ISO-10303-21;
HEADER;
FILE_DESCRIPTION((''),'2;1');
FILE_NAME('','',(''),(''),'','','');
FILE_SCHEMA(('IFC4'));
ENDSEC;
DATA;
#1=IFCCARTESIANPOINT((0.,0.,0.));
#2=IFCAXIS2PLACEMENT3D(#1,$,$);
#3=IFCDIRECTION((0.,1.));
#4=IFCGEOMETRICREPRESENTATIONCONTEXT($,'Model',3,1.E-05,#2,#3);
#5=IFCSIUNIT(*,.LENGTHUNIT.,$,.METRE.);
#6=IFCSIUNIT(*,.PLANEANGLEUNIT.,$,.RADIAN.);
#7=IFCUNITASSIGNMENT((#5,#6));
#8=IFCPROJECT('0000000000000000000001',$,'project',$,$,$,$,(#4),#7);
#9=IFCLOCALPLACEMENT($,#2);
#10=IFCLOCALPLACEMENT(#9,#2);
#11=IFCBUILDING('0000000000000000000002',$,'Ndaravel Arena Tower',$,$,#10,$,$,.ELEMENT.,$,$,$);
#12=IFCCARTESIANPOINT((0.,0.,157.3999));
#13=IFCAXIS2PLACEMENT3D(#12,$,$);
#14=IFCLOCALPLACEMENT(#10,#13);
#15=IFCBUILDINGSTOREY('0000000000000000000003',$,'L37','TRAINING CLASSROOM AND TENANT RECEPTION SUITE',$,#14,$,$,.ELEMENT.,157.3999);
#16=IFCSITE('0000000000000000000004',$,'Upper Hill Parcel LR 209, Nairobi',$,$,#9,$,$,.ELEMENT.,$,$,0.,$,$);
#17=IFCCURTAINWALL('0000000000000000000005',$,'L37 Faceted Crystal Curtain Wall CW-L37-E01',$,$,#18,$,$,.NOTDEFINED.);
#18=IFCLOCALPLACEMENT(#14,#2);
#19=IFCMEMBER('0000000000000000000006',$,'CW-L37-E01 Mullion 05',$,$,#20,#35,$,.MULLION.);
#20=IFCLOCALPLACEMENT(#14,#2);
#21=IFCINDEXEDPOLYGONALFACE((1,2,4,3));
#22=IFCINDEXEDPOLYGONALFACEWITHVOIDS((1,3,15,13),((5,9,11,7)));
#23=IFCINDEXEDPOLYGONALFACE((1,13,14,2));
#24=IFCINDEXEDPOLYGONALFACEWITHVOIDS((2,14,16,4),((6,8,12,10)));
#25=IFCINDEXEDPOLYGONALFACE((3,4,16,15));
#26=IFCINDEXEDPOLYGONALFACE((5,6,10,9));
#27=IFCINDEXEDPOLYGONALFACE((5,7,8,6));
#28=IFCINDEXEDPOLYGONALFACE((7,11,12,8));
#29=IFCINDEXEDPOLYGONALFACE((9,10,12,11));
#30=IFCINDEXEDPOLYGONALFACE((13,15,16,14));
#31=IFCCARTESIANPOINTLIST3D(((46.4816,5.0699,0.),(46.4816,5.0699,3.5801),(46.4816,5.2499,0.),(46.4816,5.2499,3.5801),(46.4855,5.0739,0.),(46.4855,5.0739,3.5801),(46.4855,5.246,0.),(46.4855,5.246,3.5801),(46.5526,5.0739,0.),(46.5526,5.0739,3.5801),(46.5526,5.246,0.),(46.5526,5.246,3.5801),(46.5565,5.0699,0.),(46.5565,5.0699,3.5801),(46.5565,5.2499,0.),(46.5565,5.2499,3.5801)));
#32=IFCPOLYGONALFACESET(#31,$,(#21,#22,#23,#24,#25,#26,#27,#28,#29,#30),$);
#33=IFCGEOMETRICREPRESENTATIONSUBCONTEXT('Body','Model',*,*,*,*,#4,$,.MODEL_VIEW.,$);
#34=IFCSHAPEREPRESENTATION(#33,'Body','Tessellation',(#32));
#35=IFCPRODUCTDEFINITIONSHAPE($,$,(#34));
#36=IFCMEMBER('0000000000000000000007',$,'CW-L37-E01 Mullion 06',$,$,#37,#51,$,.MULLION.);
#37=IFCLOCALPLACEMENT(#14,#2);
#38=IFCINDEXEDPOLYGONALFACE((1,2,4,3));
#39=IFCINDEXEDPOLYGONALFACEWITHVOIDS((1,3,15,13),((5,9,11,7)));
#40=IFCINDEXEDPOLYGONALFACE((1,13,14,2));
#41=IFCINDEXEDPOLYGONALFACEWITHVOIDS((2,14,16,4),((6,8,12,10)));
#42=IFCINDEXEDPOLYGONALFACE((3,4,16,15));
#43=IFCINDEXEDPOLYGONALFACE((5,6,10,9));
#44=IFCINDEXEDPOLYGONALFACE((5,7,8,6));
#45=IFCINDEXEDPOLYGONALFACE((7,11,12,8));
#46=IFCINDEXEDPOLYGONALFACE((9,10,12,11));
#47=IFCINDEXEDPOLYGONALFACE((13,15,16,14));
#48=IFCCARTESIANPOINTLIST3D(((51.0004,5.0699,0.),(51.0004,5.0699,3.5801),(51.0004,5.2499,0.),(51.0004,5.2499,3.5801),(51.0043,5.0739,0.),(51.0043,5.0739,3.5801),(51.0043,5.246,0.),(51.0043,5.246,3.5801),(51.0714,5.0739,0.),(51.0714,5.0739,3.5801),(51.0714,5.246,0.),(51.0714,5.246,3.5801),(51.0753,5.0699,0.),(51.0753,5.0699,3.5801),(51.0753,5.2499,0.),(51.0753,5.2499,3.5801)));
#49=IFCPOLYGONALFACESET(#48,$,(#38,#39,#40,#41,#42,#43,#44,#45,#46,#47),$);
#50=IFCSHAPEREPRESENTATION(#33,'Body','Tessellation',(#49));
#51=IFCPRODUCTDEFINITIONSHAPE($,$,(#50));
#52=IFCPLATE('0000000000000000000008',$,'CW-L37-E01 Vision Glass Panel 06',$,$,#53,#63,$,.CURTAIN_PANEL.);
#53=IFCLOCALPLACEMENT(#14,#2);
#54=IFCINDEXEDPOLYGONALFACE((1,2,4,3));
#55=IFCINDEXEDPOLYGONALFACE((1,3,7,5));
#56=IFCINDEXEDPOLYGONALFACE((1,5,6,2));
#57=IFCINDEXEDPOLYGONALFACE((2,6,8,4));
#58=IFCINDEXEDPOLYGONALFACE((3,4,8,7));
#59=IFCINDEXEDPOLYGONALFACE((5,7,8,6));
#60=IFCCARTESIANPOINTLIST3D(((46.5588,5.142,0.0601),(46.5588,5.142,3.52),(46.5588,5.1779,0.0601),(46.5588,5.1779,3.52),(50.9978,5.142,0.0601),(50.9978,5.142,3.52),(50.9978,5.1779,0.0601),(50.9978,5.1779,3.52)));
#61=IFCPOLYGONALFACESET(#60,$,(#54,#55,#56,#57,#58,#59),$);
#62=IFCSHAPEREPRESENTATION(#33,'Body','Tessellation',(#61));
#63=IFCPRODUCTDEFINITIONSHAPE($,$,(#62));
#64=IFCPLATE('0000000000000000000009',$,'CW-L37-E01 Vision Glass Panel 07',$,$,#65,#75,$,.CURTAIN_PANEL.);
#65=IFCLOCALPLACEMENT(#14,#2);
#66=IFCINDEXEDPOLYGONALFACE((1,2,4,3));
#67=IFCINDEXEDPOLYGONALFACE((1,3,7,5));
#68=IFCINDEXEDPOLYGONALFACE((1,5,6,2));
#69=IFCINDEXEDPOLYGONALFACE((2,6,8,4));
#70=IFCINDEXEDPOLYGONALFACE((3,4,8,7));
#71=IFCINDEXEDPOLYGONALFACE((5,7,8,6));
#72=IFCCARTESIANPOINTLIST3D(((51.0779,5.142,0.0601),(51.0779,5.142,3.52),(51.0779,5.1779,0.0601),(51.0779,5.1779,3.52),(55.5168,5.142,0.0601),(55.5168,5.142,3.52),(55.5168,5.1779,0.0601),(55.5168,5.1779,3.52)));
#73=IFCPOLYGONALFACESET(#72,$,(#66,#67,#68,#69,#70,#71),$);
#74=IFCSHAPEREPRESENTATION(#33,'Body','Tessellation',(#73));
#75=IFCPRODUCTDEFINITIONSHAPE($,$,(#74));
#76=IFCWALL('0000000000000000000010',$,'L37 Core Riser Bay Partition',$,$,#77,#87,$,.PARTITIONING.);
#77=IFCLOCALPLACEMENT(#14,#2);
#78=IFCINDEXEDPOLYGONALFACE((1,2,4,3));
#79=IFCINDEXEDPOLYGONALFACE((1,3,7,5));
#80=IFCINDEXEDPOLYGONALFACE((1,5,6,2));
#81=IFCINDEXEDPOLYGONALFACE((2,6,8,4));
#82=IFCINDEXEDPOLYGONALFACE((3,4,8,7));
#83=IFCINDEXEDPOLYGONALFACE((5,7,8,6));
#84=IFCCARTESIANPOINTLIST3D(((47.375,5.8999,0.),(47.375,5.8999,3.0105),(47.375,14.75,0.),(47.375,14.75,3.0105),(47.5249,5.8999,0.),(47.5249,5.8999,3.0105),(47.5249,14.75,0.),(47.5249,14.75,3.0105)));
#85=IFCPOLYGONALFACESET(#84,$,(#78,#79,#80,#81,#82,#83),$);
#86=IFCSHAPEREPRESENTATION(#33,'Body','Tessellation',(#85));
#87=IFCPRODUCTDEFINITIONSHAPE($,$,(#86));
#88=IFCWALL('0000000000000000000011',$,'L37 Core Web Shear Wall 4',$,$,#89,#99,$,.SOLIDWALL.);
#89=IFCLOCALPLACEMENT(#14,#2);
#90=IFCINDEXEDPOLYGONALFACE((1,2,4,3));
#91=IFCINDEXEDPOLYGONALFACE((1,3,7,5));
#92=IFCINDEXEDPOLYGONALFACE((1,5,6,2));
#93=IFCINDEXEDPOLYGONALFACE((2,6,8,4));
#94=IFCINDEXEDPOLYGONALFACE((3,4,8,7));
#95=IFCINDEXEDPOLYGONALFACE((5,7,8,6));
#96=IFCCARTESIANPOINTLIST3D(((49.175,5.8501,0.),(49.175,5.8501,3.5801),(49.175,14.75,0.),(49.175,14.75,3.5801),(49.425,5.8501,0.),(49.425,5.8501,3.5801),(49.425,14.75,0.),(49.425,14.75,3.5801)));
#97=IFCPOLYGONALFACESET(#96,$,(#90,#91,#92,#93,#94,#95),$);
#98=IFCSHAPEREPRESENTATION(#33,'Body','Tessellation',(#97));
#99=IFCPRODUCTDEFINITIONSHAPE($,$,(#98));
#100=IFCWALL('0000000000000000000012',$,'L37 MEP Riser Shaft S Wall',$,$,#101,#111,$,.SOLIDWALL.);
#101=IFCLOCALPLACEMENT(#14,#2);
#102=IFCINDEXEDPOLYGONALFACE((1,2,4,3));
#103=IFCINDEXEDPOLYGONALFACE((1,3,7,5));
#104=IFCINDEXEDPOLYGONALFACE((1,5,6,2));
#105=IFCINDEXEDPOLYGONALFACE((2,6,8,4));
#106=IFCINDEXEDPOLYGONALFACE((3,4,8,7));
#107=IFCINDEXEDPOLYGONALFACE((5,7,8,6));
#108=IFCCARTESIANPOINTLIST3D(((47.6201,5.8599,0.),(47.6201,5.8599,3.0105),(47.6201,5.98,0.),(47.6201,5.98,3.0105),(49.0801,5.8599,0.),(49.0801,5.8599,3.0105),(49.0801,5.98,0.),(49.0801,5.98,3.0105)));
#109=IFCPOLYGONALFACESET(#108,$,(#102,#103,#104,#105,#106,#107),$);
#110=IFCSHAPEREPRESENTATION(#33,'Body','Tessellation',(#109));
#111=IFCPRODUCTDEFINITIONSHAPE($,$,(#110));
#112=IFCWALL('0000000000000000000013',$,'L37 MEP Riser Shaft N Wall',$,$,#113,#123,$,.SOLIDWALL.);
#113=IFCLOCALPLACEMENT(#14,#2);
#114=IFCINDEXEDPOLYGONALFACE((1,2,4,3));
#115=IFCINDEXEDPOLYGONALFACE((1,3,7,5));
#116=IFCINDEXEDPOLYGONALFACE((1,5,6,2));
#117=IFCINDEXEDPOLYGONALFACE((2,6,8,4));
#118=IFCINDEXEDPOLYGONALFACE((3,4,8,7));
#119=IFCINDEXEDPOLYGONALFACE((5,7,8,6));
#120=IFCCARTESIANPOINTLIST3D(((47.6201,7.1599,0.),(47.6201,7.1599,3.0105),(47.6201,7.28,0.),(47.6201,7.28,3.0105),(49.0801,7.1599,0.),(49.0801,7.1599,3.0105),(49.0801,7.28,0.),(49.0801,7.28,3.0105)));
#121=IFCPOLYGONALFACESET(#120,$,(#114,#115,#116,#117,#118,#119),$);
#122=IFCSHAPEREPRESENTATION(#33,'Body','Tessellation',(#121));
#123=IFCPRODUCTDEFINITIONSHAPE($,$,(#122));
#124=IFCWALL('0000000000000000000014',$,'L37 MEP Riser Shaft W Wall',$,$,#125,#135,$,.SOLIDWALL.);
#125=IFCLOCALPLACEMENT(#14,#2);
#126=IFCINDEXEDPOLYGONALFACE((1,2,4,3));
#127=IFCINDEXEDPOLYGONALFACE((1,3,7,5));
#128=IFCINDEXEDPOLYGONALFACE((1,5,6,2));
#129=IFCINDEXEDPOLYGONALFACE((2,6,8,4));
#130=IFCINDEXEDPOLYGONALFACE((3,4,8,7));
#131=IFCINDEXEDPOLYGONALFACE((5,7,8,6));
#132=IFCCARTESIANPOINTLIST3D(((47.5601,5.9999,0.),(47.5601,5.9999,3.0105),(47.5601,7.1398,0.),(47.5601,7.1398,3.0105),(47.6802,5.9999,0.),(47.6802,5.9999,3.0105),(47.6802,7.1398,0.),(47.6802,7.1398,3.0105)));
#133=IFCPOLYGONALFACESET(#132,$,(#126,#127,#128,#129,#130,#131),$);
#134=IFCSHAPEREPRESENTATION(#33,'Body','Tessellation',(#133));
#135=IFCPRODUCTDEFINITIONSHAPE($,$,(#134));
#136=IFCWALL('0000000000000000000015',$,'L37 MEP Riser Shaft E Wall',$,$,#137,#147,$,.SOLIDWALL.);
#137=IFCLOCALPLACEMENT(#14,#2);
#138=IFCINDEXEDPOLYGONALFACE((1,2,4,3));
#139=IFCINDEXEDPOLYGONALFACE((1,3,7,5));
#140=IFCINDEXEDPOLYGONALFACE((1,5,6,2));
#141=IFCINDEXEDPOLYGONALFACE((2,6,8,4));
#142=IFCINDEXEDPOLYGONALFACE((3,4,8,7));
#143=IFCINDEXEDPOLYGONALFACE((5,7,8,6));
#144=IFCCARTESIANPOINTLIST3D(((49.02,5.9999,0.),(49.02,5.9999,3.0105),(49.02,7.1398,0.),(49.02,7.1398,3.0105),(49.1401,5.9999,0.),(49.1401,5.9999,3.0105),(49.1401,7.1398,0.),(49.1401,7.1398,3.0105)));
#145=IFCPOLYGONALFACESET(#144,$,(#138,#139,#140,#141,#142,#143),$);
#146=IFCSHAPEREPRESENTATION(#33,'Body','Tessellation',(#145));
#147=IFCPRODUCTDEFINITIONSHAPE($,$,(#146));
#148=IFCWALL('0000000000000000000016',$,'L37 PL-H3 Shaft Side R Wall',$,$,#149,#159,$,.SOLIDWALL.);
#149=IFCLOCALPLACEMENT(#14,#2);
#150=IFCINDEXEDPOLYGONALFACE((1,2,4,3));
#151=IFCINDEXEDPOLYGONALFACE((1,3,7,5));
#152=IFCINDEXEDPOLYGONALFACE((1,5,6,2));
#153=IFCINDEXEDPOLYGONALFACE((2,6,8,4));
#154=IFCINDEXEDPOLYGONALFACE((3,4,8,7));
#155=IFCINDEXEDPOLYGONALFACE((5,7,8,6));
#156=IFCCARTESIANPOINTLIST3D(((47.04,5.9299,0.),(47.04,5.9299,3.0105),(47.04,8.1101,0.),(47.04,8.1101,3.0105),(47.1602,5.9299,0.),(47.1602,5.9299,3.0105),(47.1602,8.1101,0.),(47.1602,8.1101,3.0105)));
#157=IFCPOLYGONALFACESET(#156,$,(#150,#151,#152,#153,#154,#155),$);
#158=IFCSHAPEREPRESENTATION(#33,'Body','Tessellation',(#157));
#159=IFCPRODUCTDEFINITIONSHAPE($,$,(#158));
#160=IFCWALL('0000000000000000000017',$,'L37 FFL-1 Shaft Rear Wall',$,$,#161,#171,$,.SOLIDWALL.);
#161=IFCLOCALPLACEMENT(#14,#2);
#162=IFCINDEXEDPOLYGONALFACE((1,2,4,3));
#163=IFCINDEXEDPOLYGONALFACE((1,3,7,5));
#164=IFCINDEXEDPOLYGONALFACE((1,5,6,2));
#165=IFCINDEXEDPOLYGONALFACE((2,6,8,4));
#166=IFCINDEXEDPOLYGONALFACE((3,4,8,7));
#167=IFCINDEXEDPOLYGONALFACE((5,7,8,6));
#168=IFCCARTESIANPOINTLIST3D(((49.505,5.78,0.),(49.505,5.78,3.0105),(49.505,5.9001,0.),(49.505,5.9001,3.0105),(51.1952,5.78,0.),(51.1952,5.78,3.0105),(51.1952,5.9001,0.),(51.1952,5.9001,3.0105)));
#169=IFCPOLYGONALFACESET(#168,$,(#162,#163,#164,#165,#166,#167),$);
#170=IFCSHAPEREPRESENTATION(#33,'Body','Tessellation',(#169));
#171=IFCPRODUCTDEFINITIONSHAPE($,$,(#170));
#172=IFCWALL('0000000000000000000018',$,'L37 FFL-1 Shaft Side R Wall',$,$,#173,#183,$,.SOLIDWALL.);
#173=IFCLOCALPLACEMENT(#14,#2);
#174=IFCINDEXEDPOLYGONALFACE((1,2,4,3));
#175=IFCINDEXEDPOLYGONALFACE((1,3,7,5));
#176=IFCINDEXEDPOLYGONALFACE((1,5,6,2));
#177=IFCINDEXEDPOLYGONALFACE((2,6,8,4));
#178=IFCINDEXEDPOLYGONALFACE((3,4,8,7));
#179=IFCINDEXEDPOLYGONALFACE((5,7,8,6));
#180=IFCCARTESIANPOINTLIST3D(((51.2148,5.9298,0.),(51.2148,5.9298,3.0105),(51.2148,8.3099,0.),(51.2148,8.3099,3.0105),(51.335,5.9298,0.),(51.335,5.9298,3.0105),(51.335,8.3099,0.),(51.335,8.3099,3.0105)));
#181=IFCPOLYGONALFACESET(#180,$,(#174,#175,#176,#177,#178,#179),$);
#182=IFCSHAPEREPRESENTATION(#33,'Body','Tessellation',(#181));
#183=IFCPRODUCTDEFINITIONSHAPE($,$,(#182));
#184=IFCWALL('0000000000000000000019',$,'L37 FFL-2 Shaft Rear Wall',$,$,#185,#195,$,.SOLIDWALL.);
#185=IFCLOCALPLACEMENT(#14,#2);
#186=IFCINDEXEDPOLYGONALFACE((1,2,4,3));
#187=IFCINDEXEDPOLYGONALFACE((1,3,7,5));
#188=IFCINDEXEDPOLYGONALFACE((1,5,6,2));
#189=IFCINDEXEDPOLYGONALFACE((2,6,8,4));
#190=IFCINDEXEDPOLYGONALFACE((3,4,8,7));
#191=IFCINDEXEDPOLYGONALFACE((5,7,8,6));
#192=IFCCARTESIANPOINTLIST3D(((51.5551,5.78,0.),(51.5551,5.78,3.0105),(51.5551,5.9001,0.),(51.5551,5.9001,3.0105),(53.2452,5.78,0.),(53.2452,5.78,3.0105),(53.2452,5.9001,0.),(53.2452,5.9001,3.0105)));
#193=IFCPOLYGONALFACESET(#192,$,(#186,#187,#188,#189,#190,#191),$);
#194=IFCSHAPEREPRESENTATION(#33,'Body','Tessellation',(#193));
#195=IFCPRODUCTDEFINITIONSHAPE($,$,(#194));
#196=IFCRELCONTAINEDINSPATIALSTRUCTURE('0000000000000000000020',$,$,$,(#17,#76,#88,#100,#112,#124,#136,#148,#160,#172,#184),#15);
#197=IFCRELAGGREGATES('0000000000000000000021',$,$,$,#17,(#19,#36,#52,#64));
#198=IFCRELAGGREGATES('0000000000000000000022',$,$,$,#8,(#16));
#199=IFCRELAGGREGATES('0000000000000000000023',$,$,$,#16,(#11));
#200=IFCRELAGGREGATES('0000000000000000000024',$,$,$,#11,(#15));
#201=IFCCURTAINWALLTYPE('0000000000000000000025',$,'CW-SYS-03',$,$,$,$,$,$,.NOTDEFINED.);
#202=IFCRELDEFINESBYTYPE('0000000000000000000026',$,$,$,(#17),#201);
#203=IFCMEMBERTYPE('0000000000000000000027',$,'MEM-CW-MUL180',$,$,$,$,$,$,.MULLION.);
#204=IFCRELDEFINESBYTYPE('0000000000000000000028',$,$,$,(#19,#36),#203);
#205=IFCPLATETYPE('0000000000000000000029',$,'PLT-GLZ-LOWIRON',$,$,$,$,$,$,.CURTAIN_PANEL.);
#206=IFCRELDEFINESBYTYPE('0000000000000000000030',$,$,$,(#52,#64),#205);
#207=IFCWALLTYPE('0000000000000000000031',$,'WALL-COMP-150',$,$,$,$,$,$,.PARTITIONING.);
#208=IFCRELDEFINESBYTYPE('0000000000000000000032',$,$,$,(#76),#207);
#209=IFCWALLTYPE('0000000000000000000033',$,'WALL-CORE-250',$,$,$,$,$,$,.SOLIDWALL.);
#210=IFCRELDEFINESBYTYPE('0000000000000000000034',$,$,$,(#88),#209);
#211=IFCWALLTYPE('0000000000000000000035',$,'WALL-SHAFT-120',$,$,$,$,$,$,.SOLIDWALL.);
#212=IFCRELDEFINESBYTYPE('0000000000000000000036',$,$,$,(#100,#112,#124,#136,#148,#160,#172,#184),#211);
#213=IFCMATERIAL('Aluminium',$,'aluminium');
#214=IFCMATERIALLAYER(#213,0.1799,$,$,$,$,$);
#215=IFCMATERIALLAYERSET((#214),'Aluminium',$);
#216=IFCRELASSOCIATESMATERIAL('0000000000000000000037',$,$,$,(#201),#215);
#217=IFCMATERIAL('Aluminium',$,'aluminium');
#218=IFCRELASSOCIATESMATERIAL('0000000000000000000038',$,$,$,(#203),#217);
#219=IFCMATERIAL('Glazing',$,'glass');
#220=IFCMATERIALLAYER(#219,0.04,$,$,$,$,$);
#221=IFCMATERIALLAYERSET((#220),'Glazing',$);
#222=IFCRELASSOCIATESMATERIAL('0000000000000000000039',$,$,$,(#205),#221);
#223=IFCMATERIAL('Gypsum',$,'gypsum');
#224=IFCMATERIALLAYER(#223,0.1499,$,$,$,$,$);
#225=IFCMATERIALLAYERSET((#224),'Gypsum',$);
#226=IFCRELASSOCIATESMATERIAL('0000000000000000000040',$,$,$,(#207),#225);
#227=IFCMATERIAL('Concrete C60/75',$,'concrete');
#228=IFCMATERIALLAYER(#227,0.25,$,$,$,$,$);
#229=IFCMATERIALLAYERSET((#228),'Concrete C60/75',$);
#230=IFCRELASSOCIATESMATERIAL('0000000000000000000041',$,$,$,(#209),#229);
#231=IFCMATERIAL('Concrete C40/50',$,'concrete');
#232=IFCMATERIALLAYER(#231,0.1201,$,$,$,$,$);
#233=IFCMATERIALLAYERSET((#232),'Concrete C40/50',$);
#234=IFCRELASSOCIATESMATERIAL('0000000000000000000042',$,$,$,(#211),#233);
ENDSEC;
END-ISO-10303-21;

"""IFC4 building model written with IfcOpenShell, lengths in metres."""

from ifc_helpers import new_model, si_unit, direction, frame, frame_2d, origin, origin_2d, place, context, subcontext, project, spatial, rectangle, hollow_rectangle, extrude, material, layer, layer_set, material_profile, profile_set, type_object, element, aggregate, save


model = new_model("IFC4")

# Units and contexts
model_context = context("Model", 3, precision=1e-05, world=origin(), true_north=direction((0.0, 1.0)))
body_context = subcontext(model_context, "Body", "Model", "MODEL_VIEW")
ifc_project = project(units=[si_unit("LENGTHUNIT", "METRE"), si_unit("PLANEANGLEUNIT", "RADIAN")], contexts=[model_context])

# Site, building, storey
site_placement = place(None, origin())
site = spatial("IfcSite", under=ifc_project, at=site_placement, Name="Upper Hill Parcel LR 209, Nairobi", CompositionType="ELEMENT", RefElevation=0.0)
building_placement = place(site_placement, origin())
building = spatial("IfcBuilding", under=site, at=building_placement, Name="Ndaravel Arena Tower", CompositionType="ELEMENT")
storey_placement = place(building_placement, frame((0.0, 0.0, 157.3999)))
storey = spatial("IfcBuildingStorey", under=building, at=storey_placement, Name="L37", Description="TRAINING CLASSROOM AND TENANT RECEPTION SUITE", CompositionType="ELEMENT", Elevation=157.3999)

# Curtain wall, members, plates
ifc_material_1 = material(Name="Aluminium", Category="aluminium")
ifc_layer_1 = layer(ifc_material_1, 0.1799)
ifc_layer_set_1 = layer_set([ifc_layer_1], Name="Aluminium")
curtain_wall_type = type_object("IfcCurtainWallType", Name="CW-SYS-03", PredefinedType="NOTDEFINED", material=ifc_layer_set_1)
curtain_wall_placement = place(storey_placement, origin())
curtain_wall = element("IfcCurtainWall", 1, at=curtain_wall_placement, inside=storey, type_object=curtain_wall_type, Name="L37 Faceted Crystal Curtain Wall CW-L37-E01", PredefinedType="NOTDEFINED")
ifc_material_2 = material(Name="Aluminium", Category="aluminium")
ifc_material_profile = material_profile(ifc_material_2, hollow_rectangle(XDim=0.075, YDim=0.1799, WallThickness=0.0039, at=origin_2d()), Name="CW MULLION 75x180x4")
ifc_profile_set = profile_set([ifc_material_profile], Name="Aluminium")
member_type = type_object("IfcMemberType", Name="MEM-CW-MUL180", PredefinedType="MULLION", material=ifc_profile_set)
member_1_placement = place(storey_placement, frame((46.519, 5.1599, 0.0), z_axis=(0.0, 0.0, 1.0), x_axis=(1.0, 0.0, 0.0)))
member_1 = element("IfcMember", 2, at=member_1_placement, type_object=member_type, Name="CW-L37-E01 Mullion 05", PredefinedType="MULLION", context=body_context, shape_type="SweptSolid", body=[
    extrude(hollow_rectangle(XDim=0.075, YDim=0.1799, WallThickness=0.0039, at=origin_2d()), origin(), (0.0, 0.0, 1.0), 3.5801),
])
member_2_placement = place(storey_placement, frame((51.0378, 5.1599, 0.0), z_axis=(0.0, 0.0, 1.0), x_axis=(1.0, 0.0, 0.0)))
member_2 = element("IfcMember", 3, at=member_2_placement, type_object=member_type, Name="CW-L37-E01 Mullion 06", PredefinedType="MULLION", context=body_context, shape_type="SweptSolid", body=[
    extrude(hollow_rectangle(XDim=0.075, YDim=0.1799, WallThickness=0.0039, at=origin_2d()), origin(), (0.0, 0.0, 1.0), 3.5801),
])
ifc_material_3 = material(Name="Glazing", Category="glass")
ifc_layer_2 = layer(ifc_material_3, 0.04)
ifc_layer_set_2 = layer_set([ifc_layer_2], Name="Glazing")
plate_type = type_object("IfcPlateType", Name="PLT-GLZ-LOWIRON", PredefinedType="CURTAIN_PANEL", material=ifc_layer_set_2)
plate_1_placement = place(storey_placement, frame((48.7783, 5.1599, 0.0601), z_axis=(0.0, 0.0, 1.0), x_axis=(1.0, 0.0, 0.0)))
plate_1 = element("IfcPlate", 4, at=plate_1_placement, type_object=plate_type, Name="CW-L37-E01 Vision Glass Panel 06", PredefinedType="CURTAIN_PANEL", context=body_context, shape_type="SweptSolid", body=[
    extrude(rectangle(XDim=4.439, YDim=0.0359, at=origin_2d()), origin(), (0.0, 0.0, 1.0), 3.46),
])
plate_2_placement = place(storey_placement, frame((53.2974, 5.1599, 0.0601), z_axis=(0.0, 0.0, 1.0), x_axis=(1.0, 0.0, 0.0)))
plate_2 = element("IfcPlate", 5, at=plate_2_placement, type_object=plate_type, Name="CW-L37-E01 Vision Glass Panel 07", PredefinedType="CURTAIN_PANEL", context=body_context, shape_type="SweptSolid", body=[
    extrude(rectangle(XDim=4.439, YDim=0.0359, at=origin_2d()), origin(), (0.0, 0.0, 1.0), 3.46),
])
aggregate(curtain_wall, [member_1, member_2, plate_1, plate_2])

# Walls
ifc_material_4 = material(Name="Gypsum", Category="gypsum")
ifc_layer_3 = layer(ifc_material_4, 0.1499)
ifc_layer_set_3 = layer_set([ifc_layer_3], Name="Gypsum")
wall_type_1 = type_object("IfcWallType", Name="WALL-COMP-150", PredefinedType="PARTITIONING", material=ifc_layer_set_3)
wall_1_placement = place(storey_placement, frame((47.45, 5.8999, 0.0), z_axis=(0.0, 0.0, 1.0), x_axis=(0.0, 1.0, 0.0)))
element("IfcWall", 6, at=wall_1_placement, inside=storey, type_object=wall_type_1, Name="L37 Core Riser Bay Partition", PredefinedType="PARTITIONING", context=body_context, shape_type="SweptSolid", body=[
    extrude(rectangle(XDim=8.8501, YDim=0.1499, at=frame_2d((4.425, 0.0))), origin(), (0.0, 0.0, 1.0), 3.0105),
])
ifc_material_5 = material(Name="Concrete C60/75", Category="concrete")
ifc_layer_4 = layer(ifc_material_5, 0.25)
ifc_layer_set_4 = layer_set([ifc_layer_4], Name="Concrete C60/75")
wall_type_2 = type_object("IfcWallType", Name="WALL-CORE-250", PredefinedType="SOLIDWALL", material=ifc_layer_set_4)
wall_2_placement = place(storey_placement, frame((49.3, 5.8501, 0.0), z_axis=(0.0, 0.0, 1.0), x_axis=(0.0, 1.0, 0.0)))
element("IfcWall", 7, at=wall_2_placement, inside=storey, type_object=wall_type_2, Name="L37 Core Web Shear Wall 4", PredefinedType="SOLIDWALL", context=body_context, shape_type="SweptSolid", body=[
    extrude(rectangle(XDim=8.8999, YDim=0.25, at=frame_2d((4.45, 0.0))), origin(), (0.0, 0.0, 1.0), 3.5801),
])
ifc_material_6 = material(Name="Concrete C40/50", Category="concrete")
ifc_layer_5 = layer(ifc_material_6, 0.1201)
ifc_layer_set_5 = layer_set([ifc_layer_5], Name="Concrete C40/50")
wall_type_3 = type_object("IfcWallType", Name="WALL-SHAFT-120", PredefinedType="SOLIDWALL", material=ifc_layer_set_5)
for number, where, z_axis, x_axis, name in (
    (8, (47.6201, 5.9199, 0.0), (0.0, 0.0, 1.0), (1.0, 0.0, 0.0), "L37 MEP Riser Shaft S Wall"),
    (9, (47.6201, 7.22, 0.0), (0.0, 0.0, 1.0), (1.0, 0.0, 0.0), "L37 MEP Riser Shaft N Wall"),
):
    element("IfcWall", number, at=place(storey_placement, frame(where, z_axis=z_axis, x_axis=x_axis)), inside=storey, type_object=wall_type_3, Name=name, PredefinedType="SOLIDWALL", context=body_context, shape_type="SweptSolid", body=[
        extrude(rectangle(XDim=1.46, YDim=0.1201, at=frame_2d((0.73, 0.0))), origin(), (0.0, 0.0, 1.0), 3.0105),
    ])
for number, where, z_axis, x_axis, name in (
    (10, (47.6201, 6.0, 0.0), (0.0, 0.0, 1.0), (0.0, 1.0, 0.0), "L37 MEP Riser Shaft W Wall"),
    (11, (49.0801, 6.0, 0.0), (0.0, 0.0, 1.0), (0.0, 1.0, 0.0), "L37 MEP Riser Shaft E Wall"),
):
    element("IfcWall", number, at=place(storey_placement, frame(where, z_axis=z_axis, x_axis=x_axis)), inside=storey, type_object=wall_type_3, Name=name, PredefinedType="SOLIDWALL", context=body_context, shape_type="SweptSolid", body=[
        extrude(rectangle(XDim=1.1399, YDim=0.1201, at=frame_2d((0.5698, 0.0))), origin(), (0.0, 0.0, 1.0), 3.0105),
    ])
wall_3_placement = place(storey_placement, frame((47.1001, 5.9299, 0.0), z_axis=(0.0, 0.0, 1.0), x_axis=(0.0, 1.0, 0.0)))
element("IfcWall", 12, at=wall_3_placement, inside=storey, type_object=wall_type_3, Name="L37 PL-H3 Shaft Side R Wall", PredefinedType="SOLIDWALL", context=body_context, shape_type="SweptSolid", body=[
    extrude(rectangle(XDim=2.1802, YDim=0.1201, at=frame_2d((1.0901, 0.0))), origin(), (0.0, 0.0, 1.0), 3.0105),
])
wall_4_placement = place(storey_placement, frame((49.5049, 5.8401, 0.0), z_axis=(0.0, 0.0, 1.0), x_axis=(1.0, 0.0, 0.0)))
element("IfcWall", 13, at=wall_4_placement, inside=storey, type_object=wall_type_3, Name="L37 FFL-1 Shaft Rear Wall", PredefinedType="SOLIDWALL", context=body_context, shape_type="SweptSolid", body=[
    extrude(rectangle(XDim=1.6902, YDim=0.1201, at=frame_2d((0.8452, 0.0))), origin(), (0.0, 0.0, 1.0), 3.0105),
])
wall_5_placement = place(storey_placement, frame((51.2749, 5.9299, 0.0), z_axis=(0.0, 0.0, 1.0), x_axis=(0.0, 1.0, 0.0)))
element("IfcWall", 14, at=wall_5_placement, inside=storey, type_object=wall_type_3, Name="L37 FFL-1 Shaft Side R Wall", PredefinedType="SOLIDWALL", context=body_context, shape_type="SweptSolid", body=[
    extrude(rectangle(XDim=2.3801, YDim=0.1201, at=frame_2d((1.1899, 0.0))), origin(), (0.0, 0.0, 1.0), 3.0105),
])
wall_6_placement = place(storey_placement, frame((51.5549, 5.8401, 0.0), z_axis=(0.0, 0.0, 1.0), x_axis=(1.0, 0.0, 0.0)))
element("IfcWall", 15, at=wall_6_placement, inside=storey, type_object=wall_type_3, Name="L37 FFL-2 Shaft Rear Wall", PredefinedType="SOLIDWALL", context=body_context, shape_type="SweptSolid", body=[
    extrude(rectangle(XDim=1.6902, YDim=0.1201, at=frame_2d((0.8452, 0.0))), origin(), (0.0, 0.0, 1.0), 3.0105),
])

save(model, "model.ifc")
